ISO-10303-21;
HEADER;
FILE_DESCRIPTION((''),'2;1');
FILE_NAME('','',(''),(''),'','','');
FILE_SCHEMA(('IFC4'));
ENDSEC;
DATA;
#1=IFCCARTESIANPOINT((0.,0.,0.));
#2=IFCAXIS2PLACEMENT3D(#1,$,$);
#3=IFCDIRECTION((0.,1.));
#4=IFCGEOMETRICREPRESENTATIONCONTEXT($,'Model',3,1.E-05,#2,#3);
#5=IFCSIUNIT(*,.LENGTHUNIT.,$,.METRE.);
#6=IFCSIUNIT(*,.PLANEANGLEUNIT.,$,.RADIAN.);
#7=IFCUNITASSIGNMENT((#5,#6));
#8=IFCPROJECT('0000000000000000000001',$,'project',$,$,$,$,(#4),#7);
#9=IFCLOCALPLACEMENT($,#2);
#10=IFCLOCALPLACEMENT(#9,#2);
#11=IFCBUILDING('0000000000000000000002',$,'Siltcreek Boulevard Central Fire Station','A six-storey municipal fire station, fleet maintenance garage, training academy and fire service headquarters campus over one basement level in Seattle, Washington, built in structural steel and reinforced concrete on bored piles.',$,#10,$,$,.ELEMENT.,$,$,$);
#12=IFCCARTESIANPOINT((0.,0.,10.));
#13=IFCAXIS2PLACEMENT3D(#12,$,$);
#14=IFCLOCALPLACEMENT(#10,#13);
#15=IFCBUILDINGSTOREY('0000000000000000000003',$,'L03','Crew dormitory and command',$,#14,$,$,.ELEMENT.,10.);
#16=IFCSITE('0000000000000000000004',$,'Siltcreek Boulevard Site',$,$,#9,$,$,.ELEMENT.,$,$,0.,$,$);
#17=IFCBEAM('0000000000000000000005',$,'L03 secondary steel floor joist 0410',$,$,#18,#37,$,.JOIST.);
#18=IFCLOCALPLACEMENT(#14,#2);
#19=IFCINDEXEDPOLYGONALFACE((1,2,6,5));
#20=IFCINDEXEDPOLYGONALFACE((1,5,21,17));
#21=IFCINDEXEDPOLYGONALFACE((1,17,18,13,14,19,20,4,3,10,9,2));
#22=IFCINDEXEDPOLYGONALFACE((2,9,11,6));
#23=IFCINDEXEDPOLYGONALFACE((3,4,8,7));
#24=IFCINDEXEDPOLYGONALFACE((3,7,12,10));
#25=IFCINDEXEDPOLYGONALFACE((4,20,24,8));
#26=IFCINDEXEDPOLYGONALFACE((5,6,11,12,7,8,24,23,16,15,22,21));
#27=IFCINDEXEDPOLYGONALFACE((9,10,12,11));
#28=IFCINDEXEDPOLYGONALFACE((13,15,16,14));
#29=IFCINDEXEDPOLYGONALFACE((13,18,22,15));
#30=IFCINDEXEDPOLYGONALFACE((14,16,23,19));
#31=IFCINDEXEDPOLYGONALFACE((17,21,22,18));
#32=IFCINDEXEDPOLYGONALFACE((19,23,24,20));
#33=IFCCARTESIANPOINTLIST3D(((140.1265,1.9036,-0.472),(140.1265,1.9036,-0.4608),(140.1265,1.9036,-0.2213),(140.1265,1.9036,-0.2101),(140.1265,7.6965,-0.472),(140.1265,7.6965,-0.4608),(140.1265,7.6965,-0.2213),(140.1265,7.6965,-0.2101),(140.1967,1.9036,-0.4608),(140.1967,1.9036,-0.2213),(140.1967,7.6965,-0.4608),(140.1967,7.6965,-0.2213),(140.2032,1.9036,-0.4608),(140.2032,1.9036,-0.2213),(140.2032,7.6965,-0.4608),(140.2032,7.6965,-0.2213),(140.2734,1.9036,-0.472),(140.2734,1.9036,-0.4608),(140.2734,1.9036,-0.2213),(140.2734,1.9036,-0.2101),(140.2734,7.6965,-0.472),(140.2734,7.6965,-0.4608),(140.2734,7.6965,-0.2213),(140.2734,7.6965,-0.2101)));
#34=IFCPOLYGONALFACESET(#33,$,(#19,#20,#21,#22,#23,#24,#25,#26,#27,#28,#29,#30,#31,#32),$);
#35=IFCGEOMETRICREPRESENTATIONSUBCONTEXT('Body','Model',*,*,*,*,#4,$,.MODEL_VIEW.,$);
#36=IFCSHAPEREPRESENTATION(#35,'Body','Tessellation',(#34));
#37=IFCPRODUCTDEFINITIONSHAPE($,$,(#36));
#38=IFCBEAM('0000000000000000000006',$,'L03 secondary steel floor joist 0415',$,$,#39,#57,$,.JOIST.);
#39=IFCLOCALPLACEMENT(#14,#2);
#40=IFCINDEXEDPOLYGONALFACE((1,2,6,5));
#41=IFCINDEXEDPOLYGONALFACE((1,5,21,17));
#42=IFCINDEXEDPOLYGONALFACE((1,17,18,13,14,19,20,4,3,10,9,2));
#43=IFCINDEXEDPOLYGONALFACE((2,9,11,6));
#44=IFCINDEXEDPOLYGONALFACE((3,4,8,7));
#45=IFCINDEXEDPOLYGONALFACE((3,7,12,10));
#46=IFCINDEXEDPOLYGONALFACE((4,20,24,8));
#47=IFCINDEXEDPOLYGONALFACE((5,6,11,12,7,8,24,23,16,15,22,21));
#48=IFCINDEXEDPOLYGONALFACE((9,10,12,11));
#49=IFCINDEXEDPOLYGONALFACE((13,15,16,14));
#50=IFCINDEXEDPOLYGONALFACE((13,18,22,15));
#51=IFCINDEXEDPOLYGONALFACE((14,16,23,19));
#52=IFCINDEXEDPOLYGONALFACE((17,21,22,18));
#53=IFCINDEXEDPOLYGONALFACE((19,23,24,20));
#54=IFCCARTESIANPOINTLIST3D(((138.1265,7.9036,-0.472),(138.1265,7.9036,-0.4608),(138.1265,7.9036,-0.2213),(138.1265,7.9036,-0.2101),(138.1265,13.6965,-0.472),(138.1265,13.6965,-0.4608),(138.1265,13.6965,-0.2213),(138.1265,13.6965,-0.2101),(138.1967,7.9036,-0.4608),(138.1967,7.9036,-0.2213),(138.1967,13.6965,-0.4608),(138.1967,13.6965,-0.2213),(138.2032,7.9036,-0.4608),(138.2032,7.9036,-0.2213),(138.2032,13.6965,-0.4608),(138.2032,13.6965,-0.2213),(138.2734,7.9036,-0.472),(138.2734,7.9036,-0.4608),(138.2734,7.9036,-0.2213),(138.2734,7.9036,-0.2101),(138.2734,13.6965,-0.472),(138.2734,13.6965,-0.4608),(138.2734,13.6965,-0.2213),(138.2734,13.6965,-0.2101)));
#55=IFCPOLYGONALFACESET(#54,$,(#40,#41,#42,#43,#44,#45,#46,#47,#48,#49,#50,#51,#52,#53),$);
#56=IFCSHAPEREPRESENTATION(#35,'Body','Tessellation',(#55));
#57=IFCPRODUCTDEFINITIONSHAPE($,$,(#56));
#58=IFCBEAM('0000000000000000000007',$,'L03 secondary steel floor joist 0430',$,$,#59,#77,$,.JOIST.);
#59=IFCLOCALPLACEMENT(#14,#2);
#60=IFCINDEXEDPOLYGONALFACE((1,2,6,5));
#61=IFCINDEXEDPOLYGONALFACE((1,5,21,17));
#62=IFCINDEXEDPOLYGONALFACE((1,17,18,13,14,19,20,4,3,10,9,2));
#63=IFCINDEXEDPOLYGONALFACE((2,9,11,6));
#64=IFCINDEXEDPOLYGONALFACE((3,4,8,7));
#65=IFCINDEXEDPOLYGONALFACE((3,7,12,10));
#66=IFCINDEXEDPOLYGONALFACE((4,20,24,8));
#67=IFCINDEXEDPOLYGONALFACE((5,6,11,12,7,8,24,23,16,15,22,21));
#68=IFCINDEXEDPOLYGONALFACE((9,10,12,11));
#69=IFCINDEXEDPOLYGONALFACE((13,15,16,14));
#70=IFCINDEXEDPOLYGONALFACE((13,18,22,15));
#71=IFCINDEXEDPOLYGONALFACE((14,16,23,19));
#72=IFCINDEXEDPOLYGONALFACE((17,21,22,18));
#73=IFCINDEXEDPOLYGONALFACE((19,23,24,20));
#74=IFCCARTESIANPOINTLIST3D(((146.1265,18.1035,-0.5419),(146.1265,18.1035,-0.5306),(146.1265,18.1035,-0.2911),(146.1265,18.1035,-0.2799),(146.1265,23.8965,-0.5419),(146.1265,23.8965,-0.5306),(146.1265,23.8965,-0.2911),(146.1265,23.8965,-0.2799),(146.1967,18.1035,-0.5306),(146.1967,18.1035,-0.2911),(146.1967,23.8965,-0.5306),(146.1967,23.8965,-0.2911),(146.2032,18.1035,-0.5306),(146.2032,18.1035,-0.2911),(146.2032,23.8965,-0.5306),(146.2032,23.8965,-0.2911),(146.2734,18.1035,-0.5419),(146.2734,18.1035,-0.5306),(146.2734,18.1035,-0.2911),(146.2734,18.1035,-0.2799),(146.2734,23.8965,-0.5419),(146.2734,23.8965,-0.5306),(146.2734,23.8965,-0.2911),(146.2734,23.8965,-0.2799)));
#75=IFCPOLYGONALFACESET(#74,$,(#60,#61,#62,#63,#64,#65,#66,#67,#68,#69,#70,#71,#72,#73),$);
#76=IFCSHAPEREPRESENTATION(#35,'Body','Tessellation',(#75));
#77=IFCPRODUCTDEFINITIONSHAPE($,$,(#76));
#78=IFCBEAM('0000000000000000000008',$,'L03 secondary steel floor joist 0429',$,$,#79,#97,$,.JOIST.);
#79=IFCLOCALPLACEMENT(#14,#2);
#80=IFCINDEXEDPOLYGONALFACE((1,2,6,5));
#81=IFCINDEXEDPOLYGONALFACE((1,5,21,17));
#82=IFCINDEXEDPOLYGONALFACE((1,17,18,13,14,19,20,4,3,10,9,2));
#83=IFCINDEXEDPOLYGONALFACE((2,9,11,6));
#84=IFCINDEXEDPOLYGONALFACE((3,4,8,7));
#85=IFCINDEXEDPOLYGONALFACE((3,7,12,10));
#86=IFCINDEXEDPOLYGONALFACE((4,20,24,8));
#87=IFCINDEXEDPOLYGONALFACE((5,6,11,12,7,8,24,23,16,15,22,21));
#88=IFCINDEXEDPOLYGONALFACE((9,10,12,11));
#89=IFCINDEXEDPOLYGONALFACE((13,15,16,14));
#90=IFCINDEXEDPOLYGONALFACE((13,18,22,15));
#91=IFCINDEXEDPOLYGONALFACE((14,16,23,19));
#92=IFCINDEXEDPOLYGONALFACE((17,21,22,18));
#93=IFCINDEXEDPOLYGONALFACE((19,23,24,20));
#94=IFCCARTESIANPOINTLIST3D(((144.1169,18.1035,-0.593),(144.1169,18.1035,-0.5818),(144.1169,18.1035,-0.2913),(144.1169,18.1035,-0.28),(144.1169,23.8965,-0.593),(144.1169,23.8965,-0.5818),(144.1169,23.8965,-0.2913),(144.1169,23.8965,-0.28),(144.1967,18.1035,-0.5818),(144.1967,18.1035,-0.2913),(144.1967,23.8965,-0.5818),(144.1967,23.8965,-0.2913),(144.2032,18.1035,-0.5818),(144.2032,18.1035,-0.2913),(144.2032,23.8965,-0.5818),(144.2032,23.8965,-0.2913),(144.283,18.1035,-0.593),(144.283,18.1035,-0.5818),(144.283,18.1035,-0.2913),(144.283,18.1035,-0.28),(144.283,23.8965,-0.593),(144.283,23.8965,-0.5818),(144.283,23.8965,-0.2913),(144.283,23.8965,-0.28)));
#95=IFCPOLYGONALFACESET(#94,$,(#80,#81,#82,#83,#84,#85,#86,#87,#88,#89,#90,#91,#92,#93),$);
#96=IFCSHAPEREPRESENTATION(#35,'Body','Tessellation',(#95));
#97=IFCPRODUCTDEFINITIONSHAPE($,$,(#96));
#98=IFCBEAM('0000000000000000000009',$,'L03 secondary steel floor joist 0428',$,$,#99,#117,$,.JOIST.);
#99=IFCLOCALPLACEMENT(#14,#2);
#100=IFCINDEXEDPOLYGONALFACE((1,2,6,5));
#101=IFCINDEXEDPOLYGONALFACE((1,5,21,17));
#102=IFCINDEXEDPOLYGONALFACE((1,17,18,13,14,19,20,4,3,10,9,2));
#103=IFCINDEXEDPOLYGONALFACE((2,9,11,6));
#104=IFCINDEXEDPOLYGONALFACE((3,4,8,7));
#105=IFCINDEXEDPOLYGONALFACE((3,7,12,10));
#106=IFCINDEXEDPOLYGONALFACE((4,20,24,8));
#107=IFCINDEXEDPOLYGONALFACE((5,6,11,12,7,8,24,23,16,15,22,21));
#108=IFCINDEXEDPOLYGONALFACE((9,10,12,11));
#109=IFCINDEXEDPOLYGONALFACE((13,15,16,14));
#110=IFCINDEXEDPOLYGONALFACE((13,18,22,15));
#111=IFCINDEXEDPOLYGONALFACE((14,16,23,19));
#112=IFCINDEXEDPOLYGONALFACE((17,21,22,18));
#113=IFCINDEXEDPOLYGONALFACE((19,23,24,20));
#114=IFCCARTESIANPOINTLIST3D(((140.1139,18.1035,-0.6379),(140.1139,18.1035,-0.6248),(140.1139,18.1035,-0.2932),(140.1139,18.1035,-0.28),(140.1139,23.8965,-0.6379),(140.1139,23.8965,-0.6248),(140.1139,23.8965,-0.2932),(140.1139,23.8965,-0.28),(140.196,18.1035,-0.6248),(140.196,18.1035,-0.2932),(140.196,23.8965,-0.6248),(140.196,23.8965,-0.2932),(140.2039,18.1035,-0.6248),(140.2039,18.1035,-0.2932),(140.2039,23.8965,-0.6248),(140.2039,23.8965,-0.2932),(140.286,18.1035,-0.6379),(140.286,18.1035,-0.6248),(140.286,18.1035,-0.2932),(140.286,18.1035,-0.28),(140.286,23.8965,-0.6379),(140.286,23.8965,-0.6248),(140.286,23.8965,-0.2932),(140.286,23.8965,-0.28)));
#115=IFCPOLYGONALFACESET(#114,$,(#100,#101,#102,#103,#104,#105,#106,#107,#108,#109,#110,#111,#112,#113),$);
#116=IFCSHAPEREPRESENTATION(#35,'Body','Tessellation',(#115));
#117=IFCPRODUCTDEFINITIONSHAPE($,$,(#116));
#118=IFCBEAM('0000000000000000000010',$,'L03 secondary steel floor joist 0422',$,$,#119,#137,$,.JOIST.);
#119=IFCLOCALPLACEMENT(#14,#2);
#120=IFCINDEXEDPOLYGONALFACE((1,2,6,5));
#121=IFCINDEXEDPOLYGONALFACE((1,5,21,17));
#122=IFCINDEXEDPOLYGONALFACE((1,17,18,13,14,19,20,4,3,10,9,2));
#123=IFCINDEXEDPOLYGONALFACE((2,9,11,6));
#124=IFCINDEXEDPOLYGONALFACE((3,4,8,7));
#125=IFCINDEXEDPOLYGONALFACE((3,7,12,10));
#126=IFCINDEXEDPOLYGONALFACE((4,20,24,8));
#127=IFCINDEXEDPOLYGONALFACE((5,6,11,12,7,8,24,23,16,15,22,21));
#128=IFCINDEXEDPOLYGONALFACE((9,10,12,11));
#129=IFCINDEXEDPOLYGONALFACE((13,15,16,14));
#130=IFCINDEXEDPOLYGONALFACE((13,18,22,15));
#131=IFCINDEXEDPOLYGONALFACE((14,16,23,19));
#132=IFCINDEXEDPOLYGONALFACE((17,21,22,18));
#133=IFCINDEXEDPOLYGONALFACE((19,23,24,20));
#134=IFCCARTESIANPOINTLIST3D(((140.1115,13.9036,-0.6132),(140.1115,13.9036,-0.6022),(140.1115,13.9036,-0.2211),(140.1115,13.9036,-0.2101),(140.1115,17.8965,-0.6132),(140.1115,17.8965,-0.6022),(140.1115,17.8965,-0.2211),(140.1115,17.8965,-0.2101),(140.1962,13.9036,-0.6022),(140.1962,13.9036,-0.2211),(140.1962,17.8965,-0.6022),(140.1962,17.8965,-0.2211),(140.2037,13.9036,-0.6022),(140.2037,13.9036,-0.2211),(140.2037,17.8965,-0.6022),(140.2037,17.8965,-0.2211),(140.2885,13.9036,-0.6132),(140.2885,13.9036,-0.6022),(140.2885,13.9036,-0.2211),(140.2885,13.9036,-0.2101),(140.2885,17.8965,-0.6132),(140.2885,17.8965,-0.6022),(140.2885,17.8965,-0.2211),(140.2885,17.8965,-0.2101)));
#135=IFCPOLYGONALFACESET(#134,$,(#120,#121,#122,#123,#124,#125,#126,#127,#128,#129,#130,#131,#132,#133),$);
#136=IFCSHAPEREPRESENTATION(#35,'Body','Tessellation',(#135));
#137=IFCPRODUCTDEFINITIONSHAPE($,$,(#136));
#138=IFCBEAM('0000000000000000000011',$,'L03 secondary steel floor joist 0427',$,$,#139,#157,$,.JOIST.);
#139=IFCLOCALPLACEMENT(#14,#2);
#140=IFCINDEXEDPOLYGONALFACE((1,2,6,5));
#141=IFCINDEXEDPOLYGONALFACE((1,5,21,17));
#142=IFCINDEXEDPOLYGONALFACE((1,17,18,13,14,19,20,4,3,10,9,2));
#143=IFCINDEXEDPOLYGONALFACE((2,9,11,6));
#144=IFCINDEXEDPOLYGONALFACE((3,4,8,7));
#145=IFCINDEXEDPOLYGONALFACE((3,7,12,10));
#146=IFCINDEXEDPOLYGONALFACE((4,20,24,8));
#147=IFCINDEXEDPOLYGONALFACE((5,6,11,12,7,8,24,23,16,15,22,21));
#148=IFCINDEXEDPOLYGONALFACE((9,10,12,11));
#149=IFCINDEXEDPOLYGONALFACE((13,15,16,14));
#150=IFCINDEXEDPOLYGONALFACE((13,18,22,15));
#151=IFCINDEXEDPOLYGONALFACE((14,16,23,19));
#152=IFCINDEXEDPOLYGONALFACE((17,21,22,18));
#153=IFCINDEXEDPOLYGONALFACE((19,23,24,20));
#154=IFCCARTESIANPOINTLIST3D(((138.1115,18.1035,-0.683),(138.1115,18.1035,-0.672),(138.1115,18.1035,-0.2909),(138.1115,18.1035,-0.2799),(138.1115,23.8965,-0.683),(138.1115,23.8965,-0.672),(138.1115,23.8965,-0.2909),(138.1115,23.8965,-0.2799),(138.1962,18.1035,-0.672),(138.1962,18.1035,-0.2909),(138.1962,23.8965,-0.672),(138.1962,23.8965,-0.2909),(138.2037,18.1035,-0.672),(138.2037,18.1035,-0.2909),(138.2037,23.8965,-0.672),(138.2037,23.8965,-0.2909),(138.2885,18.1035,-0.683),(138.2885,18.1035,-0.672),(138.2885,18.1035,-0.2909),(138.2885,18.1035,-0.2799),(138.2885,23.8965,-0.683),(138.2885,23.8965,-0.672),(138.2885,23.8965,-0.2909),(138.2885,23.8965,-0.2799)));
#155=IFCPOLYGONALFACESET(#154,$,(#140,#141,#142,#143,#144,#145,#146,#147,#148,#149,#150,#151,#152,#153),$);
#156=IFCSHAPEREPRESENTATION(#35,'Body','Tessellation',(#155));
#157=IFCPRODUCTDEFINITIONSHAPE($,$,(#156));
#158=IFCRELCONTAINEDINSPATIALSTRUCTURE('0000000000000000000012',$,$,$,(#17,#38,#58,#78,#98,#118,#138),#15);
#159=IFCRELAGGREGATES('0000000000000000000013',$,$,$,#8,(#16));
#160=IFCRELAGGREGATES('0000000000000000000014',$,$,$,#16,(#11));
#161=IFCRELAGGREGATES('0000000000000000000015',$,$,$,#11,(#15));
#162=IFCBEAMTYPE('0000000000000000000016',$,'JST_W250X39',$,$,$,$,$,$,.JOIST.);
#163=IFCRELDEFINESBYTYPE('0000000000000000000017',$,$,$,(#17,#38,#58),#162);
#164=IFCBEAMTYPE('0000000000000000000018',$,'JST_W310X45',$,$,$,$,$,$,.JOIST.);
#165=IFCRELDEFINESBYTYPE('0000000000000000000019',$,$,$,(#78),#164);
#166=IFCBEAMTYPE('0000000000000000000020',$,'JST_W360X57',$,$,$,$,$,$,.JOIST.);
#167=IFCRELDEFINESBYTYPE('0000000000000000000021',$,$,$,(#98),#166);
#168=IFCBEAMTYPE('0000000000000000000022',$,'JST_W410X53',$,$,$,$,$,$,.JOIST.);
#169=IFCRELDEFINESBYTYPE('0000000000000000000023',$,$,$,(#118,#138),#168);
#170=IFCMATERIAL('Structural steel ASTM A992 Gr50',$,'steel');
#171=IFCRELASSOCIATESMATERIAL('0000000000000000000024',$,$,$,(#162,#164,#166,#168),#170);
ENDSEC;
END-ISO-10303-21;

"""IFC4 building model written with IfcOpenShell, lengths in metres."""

from ifc_helpers import new_model, si_unit, direction, frame, origin, origin_2d, place, context, subcontext, project, spatial, i_section, extrude, material, material_profile, profile_set, type_object, element, save


model = new_model("IFC4")

# Units and contexts
model_context = context("Model", 3, precision=1e-05, world=origin(), true_north=direction((0.0, 1.0)))
body_context = subcontext(model_context, "Body", "Model", "MODEL_VIEW")
ifc_project = project(units=[si_unit("LENGTHUNIT", "METRE"), si_unit("PLANEANGLEUNIT", "RADIAN")], contexts=[model_context])

# Site, building, storey
site_placement = place(None, origin())
site = spatial("IfcSite", under=ifc_project, at=site_placement, Name="Siltcreek Boulevard Site", CompositionType="ELEMENT", RefElevation=0.0)
building_placement = place(site_placement, origin())
building = spatial("IfcBuilding", under=site, at=building_placement, Name="Siltcreek Boulevard Central Fire Station", Description="A six-storey municipal fire station, fleet maintenance garage, training academy and fire service headquarters campus over one basement level in Seattle, Washington, built in structural steel and reinforced concrete on bored piles.", CompositionType="ELEMENT")
storey_placement = place(building_placement, frame((0.0, 0.0, 10.0)))
storey = spatial("IfcBuildingStorey", under=building, at=storey_placement, Name="L03", Description="Crew dormitory and command", CompositionType="ELEMENT", Elevation=10.0)

# Shared definitions
ifc_material_1 = material(Name="Structural steel ASTM A992 Gr50", Category="steel")

# Beams
ifc_material_profile_1 = material_profile(ifc_material_1, i_section(OverallWidth=0.147, OverallDepth=0.262, WebThickness=0.0066, FlangeThickness=0.0112, at=origin_2d()), Name="W250X39")
ifc_profile_set_1 = profile_set([ifc_material_profile_1], Name="Structural steel ASTM A992 Gr50")
beam_type_1 = type_object("IfcBeamType", Name="JST_W250X39", PredefinedType="JOIST", material=ifc_profile_set_1)
for number, where, z_axis, x_axis, name in (
    (1, (140.2, 1.9036, -0.3411), (0.0, 1.0, 0.0), (-1.0, 0.0, 0.0), "L03 secondary steel floor joist 0410"),
    (2, (138.2, 7.9036, -0.3411), (0.0, 1.0, 0.0), (-1.0, 0.0, 0.0), "L03 secondary steel floor joist 0415"),
    (3, (146.2, 18.1035, -0.4109), (0.0, 1.0, 0.0), (-1.0, 0.0, 0.0), "L03 secondary steel floor joist 0430"),
):
    element("IfcBeam", number, at=place(storey_placement, frame(where, z_axis=z_axis, x_axis=x_axis)), inside=storey, type_object=beam_type_1, Name=name, PredefinedType="JOIST", context=body_context, shape_type="SweptSolid", body=[
        extrude(i_section(OverallWidth=0.147, OverallDepth=0.262, WebThickness=0.0066, FlangeThickness=0.0112, at=origin_2d()), origin(), (0.0, 0.0, 1.0), 5.793),
    ])
ifc_material_profile_2 = material_profile(ifc_material_1, i_section(OverallWidth=0.166, OverallDepth=0.313, WebThickness=0.0066, FlangeThickness=0.0112, at=origin_2d()), Name="W310X45")
ifc_profile_set_2 = profile_set([ifc_material_profile_2], Name="Structural steel ASTM A992 Gr50")
beam_type_2 = type_object("IfcBeamType", Name="JST_W310X45", PredefinedType="JOIST", material=ifc_profile_set_2)
beam_1_placement = place(storey_placement, frame((144.2, 18.1035, -0.4365), z_axis=(0.0, 1.0, 0.0), x_axis=(-1.0, 0.0, 0.0)))
element("IfcBeam", 4, at=beam_1_placement, inside=storey, type_object=beam_type_2, Name="L03 secondary steel floor joist 0429", PredefinedType="JOIST", context=body_context, shape_type="SweptSolid", body=[
    extrude(i_section(OverallWidth=0.166, OverallDepth=0.313, WebThickness=0.0066, FlangeThickness=0.0112, at=origin_2d()), origin(), (0.0, 0.0, 1.0), 5.793),
])
ifc_material_profile_3 = material_profile(ifc_material_1, i_section(OverallWidth=0.1721, OverallDepth=0.3579, WebThickness=0.0078, FlangeThickness=0.0132, at=origin_2d()), Name="W360X57")
ifc_profile_set_3 = profile_set([ifc_material_profile_3], Name="Structural steel ASTM A992 Gr50")
beam_type_3 = type_object("IfcBeamType", Name="JST_W360X57", PredefinedType="JOIST", material=ifc_profile_set_3)
beam_2_placement = place(storey_placement, frame((140.2, 18.1035, -0.459), z_axis=(0.0, 1.0, 0.0), x_axis=(-1.0, 0.0, 0.0)))
element("IfcBeam", 5, at=beam_2_placement, inside=storey, type_object=beam_type_3, Name="L03 secondary steel floor joist 0428", PredefinedType="JOIST", context=body_context, shape_type="SweptSolid", body=[
    extrude(i_section(OverallWidth=0.1721, OverallDepth=0.3579, WebThickness=0.0078, FlangeThickness=0.0132, at=origin_2d()), origin(), (0.0, 0.0, 1.0), 5.793),
])
ifc_material_profile_4 = material_profile(ifc_material_1, i_section(OverallWidth=0.177, OverallDepth=0.4031, WebThickness=0.0076, FlangeThickness=0.011, at=origin_2d()), Name="W410X53")
ifc_profile_set_4 = profile_set([ifc_material_profile_4], Name="Structural steel ASTM A992 Gr50")
beam_type_4 = type_object("IfcBeamType", Name="JST_W410X53", PredefinedType="JOIST", material=ifc_profile_set_4)
beam_3_placement = place(storey_placement, frame((140.2, 13.9036, -0.4116), z_axis=(0.0, 1.0, 0.0), x_axis=(-1.0, 0.0, 0.0)))
element("IfcBeam", 6, at=beam_3_placement, inside=storey, type_object=beam_type_4, Name="L03 secondary steel floor joist 0422", PredefinedType="JOIST", context=body_context, shape_type="SweptSolid", body=[
    extrude(i_section(OverallWidth=0.177, OverallDepth=0.4031, WebThickness=0.0076, FlangeThickness=0.011, at=origin_2d()), origin(), (0.0, 0.0, 1.0), 3.9929),
])
beam_4_placement = place(storey_placement, frame((138.2, 18.1035, -0.4814), z_axis=(0.0, 1.0, 0.0), x_axis=(-1.0, 0.0, 0.0)))
element("IfcBeam", 7, at=beam_4_placement, inside=storey, type_object=beam_type_4, Name="L03 secondary steel floor joist 0427", PredefinedType="JOIST", context=body_context, shape_type="SweptSolid", body=[
    extrude(i_section(OverallWidth=0.177, OverallDepth=0.4031, WebThickness=0.0076, FlangeThickness=0.011, at=origin_2d()), origin(), (0.0, 0.0, 1.0), 5.793),
])

save(model, "model.ifc")
